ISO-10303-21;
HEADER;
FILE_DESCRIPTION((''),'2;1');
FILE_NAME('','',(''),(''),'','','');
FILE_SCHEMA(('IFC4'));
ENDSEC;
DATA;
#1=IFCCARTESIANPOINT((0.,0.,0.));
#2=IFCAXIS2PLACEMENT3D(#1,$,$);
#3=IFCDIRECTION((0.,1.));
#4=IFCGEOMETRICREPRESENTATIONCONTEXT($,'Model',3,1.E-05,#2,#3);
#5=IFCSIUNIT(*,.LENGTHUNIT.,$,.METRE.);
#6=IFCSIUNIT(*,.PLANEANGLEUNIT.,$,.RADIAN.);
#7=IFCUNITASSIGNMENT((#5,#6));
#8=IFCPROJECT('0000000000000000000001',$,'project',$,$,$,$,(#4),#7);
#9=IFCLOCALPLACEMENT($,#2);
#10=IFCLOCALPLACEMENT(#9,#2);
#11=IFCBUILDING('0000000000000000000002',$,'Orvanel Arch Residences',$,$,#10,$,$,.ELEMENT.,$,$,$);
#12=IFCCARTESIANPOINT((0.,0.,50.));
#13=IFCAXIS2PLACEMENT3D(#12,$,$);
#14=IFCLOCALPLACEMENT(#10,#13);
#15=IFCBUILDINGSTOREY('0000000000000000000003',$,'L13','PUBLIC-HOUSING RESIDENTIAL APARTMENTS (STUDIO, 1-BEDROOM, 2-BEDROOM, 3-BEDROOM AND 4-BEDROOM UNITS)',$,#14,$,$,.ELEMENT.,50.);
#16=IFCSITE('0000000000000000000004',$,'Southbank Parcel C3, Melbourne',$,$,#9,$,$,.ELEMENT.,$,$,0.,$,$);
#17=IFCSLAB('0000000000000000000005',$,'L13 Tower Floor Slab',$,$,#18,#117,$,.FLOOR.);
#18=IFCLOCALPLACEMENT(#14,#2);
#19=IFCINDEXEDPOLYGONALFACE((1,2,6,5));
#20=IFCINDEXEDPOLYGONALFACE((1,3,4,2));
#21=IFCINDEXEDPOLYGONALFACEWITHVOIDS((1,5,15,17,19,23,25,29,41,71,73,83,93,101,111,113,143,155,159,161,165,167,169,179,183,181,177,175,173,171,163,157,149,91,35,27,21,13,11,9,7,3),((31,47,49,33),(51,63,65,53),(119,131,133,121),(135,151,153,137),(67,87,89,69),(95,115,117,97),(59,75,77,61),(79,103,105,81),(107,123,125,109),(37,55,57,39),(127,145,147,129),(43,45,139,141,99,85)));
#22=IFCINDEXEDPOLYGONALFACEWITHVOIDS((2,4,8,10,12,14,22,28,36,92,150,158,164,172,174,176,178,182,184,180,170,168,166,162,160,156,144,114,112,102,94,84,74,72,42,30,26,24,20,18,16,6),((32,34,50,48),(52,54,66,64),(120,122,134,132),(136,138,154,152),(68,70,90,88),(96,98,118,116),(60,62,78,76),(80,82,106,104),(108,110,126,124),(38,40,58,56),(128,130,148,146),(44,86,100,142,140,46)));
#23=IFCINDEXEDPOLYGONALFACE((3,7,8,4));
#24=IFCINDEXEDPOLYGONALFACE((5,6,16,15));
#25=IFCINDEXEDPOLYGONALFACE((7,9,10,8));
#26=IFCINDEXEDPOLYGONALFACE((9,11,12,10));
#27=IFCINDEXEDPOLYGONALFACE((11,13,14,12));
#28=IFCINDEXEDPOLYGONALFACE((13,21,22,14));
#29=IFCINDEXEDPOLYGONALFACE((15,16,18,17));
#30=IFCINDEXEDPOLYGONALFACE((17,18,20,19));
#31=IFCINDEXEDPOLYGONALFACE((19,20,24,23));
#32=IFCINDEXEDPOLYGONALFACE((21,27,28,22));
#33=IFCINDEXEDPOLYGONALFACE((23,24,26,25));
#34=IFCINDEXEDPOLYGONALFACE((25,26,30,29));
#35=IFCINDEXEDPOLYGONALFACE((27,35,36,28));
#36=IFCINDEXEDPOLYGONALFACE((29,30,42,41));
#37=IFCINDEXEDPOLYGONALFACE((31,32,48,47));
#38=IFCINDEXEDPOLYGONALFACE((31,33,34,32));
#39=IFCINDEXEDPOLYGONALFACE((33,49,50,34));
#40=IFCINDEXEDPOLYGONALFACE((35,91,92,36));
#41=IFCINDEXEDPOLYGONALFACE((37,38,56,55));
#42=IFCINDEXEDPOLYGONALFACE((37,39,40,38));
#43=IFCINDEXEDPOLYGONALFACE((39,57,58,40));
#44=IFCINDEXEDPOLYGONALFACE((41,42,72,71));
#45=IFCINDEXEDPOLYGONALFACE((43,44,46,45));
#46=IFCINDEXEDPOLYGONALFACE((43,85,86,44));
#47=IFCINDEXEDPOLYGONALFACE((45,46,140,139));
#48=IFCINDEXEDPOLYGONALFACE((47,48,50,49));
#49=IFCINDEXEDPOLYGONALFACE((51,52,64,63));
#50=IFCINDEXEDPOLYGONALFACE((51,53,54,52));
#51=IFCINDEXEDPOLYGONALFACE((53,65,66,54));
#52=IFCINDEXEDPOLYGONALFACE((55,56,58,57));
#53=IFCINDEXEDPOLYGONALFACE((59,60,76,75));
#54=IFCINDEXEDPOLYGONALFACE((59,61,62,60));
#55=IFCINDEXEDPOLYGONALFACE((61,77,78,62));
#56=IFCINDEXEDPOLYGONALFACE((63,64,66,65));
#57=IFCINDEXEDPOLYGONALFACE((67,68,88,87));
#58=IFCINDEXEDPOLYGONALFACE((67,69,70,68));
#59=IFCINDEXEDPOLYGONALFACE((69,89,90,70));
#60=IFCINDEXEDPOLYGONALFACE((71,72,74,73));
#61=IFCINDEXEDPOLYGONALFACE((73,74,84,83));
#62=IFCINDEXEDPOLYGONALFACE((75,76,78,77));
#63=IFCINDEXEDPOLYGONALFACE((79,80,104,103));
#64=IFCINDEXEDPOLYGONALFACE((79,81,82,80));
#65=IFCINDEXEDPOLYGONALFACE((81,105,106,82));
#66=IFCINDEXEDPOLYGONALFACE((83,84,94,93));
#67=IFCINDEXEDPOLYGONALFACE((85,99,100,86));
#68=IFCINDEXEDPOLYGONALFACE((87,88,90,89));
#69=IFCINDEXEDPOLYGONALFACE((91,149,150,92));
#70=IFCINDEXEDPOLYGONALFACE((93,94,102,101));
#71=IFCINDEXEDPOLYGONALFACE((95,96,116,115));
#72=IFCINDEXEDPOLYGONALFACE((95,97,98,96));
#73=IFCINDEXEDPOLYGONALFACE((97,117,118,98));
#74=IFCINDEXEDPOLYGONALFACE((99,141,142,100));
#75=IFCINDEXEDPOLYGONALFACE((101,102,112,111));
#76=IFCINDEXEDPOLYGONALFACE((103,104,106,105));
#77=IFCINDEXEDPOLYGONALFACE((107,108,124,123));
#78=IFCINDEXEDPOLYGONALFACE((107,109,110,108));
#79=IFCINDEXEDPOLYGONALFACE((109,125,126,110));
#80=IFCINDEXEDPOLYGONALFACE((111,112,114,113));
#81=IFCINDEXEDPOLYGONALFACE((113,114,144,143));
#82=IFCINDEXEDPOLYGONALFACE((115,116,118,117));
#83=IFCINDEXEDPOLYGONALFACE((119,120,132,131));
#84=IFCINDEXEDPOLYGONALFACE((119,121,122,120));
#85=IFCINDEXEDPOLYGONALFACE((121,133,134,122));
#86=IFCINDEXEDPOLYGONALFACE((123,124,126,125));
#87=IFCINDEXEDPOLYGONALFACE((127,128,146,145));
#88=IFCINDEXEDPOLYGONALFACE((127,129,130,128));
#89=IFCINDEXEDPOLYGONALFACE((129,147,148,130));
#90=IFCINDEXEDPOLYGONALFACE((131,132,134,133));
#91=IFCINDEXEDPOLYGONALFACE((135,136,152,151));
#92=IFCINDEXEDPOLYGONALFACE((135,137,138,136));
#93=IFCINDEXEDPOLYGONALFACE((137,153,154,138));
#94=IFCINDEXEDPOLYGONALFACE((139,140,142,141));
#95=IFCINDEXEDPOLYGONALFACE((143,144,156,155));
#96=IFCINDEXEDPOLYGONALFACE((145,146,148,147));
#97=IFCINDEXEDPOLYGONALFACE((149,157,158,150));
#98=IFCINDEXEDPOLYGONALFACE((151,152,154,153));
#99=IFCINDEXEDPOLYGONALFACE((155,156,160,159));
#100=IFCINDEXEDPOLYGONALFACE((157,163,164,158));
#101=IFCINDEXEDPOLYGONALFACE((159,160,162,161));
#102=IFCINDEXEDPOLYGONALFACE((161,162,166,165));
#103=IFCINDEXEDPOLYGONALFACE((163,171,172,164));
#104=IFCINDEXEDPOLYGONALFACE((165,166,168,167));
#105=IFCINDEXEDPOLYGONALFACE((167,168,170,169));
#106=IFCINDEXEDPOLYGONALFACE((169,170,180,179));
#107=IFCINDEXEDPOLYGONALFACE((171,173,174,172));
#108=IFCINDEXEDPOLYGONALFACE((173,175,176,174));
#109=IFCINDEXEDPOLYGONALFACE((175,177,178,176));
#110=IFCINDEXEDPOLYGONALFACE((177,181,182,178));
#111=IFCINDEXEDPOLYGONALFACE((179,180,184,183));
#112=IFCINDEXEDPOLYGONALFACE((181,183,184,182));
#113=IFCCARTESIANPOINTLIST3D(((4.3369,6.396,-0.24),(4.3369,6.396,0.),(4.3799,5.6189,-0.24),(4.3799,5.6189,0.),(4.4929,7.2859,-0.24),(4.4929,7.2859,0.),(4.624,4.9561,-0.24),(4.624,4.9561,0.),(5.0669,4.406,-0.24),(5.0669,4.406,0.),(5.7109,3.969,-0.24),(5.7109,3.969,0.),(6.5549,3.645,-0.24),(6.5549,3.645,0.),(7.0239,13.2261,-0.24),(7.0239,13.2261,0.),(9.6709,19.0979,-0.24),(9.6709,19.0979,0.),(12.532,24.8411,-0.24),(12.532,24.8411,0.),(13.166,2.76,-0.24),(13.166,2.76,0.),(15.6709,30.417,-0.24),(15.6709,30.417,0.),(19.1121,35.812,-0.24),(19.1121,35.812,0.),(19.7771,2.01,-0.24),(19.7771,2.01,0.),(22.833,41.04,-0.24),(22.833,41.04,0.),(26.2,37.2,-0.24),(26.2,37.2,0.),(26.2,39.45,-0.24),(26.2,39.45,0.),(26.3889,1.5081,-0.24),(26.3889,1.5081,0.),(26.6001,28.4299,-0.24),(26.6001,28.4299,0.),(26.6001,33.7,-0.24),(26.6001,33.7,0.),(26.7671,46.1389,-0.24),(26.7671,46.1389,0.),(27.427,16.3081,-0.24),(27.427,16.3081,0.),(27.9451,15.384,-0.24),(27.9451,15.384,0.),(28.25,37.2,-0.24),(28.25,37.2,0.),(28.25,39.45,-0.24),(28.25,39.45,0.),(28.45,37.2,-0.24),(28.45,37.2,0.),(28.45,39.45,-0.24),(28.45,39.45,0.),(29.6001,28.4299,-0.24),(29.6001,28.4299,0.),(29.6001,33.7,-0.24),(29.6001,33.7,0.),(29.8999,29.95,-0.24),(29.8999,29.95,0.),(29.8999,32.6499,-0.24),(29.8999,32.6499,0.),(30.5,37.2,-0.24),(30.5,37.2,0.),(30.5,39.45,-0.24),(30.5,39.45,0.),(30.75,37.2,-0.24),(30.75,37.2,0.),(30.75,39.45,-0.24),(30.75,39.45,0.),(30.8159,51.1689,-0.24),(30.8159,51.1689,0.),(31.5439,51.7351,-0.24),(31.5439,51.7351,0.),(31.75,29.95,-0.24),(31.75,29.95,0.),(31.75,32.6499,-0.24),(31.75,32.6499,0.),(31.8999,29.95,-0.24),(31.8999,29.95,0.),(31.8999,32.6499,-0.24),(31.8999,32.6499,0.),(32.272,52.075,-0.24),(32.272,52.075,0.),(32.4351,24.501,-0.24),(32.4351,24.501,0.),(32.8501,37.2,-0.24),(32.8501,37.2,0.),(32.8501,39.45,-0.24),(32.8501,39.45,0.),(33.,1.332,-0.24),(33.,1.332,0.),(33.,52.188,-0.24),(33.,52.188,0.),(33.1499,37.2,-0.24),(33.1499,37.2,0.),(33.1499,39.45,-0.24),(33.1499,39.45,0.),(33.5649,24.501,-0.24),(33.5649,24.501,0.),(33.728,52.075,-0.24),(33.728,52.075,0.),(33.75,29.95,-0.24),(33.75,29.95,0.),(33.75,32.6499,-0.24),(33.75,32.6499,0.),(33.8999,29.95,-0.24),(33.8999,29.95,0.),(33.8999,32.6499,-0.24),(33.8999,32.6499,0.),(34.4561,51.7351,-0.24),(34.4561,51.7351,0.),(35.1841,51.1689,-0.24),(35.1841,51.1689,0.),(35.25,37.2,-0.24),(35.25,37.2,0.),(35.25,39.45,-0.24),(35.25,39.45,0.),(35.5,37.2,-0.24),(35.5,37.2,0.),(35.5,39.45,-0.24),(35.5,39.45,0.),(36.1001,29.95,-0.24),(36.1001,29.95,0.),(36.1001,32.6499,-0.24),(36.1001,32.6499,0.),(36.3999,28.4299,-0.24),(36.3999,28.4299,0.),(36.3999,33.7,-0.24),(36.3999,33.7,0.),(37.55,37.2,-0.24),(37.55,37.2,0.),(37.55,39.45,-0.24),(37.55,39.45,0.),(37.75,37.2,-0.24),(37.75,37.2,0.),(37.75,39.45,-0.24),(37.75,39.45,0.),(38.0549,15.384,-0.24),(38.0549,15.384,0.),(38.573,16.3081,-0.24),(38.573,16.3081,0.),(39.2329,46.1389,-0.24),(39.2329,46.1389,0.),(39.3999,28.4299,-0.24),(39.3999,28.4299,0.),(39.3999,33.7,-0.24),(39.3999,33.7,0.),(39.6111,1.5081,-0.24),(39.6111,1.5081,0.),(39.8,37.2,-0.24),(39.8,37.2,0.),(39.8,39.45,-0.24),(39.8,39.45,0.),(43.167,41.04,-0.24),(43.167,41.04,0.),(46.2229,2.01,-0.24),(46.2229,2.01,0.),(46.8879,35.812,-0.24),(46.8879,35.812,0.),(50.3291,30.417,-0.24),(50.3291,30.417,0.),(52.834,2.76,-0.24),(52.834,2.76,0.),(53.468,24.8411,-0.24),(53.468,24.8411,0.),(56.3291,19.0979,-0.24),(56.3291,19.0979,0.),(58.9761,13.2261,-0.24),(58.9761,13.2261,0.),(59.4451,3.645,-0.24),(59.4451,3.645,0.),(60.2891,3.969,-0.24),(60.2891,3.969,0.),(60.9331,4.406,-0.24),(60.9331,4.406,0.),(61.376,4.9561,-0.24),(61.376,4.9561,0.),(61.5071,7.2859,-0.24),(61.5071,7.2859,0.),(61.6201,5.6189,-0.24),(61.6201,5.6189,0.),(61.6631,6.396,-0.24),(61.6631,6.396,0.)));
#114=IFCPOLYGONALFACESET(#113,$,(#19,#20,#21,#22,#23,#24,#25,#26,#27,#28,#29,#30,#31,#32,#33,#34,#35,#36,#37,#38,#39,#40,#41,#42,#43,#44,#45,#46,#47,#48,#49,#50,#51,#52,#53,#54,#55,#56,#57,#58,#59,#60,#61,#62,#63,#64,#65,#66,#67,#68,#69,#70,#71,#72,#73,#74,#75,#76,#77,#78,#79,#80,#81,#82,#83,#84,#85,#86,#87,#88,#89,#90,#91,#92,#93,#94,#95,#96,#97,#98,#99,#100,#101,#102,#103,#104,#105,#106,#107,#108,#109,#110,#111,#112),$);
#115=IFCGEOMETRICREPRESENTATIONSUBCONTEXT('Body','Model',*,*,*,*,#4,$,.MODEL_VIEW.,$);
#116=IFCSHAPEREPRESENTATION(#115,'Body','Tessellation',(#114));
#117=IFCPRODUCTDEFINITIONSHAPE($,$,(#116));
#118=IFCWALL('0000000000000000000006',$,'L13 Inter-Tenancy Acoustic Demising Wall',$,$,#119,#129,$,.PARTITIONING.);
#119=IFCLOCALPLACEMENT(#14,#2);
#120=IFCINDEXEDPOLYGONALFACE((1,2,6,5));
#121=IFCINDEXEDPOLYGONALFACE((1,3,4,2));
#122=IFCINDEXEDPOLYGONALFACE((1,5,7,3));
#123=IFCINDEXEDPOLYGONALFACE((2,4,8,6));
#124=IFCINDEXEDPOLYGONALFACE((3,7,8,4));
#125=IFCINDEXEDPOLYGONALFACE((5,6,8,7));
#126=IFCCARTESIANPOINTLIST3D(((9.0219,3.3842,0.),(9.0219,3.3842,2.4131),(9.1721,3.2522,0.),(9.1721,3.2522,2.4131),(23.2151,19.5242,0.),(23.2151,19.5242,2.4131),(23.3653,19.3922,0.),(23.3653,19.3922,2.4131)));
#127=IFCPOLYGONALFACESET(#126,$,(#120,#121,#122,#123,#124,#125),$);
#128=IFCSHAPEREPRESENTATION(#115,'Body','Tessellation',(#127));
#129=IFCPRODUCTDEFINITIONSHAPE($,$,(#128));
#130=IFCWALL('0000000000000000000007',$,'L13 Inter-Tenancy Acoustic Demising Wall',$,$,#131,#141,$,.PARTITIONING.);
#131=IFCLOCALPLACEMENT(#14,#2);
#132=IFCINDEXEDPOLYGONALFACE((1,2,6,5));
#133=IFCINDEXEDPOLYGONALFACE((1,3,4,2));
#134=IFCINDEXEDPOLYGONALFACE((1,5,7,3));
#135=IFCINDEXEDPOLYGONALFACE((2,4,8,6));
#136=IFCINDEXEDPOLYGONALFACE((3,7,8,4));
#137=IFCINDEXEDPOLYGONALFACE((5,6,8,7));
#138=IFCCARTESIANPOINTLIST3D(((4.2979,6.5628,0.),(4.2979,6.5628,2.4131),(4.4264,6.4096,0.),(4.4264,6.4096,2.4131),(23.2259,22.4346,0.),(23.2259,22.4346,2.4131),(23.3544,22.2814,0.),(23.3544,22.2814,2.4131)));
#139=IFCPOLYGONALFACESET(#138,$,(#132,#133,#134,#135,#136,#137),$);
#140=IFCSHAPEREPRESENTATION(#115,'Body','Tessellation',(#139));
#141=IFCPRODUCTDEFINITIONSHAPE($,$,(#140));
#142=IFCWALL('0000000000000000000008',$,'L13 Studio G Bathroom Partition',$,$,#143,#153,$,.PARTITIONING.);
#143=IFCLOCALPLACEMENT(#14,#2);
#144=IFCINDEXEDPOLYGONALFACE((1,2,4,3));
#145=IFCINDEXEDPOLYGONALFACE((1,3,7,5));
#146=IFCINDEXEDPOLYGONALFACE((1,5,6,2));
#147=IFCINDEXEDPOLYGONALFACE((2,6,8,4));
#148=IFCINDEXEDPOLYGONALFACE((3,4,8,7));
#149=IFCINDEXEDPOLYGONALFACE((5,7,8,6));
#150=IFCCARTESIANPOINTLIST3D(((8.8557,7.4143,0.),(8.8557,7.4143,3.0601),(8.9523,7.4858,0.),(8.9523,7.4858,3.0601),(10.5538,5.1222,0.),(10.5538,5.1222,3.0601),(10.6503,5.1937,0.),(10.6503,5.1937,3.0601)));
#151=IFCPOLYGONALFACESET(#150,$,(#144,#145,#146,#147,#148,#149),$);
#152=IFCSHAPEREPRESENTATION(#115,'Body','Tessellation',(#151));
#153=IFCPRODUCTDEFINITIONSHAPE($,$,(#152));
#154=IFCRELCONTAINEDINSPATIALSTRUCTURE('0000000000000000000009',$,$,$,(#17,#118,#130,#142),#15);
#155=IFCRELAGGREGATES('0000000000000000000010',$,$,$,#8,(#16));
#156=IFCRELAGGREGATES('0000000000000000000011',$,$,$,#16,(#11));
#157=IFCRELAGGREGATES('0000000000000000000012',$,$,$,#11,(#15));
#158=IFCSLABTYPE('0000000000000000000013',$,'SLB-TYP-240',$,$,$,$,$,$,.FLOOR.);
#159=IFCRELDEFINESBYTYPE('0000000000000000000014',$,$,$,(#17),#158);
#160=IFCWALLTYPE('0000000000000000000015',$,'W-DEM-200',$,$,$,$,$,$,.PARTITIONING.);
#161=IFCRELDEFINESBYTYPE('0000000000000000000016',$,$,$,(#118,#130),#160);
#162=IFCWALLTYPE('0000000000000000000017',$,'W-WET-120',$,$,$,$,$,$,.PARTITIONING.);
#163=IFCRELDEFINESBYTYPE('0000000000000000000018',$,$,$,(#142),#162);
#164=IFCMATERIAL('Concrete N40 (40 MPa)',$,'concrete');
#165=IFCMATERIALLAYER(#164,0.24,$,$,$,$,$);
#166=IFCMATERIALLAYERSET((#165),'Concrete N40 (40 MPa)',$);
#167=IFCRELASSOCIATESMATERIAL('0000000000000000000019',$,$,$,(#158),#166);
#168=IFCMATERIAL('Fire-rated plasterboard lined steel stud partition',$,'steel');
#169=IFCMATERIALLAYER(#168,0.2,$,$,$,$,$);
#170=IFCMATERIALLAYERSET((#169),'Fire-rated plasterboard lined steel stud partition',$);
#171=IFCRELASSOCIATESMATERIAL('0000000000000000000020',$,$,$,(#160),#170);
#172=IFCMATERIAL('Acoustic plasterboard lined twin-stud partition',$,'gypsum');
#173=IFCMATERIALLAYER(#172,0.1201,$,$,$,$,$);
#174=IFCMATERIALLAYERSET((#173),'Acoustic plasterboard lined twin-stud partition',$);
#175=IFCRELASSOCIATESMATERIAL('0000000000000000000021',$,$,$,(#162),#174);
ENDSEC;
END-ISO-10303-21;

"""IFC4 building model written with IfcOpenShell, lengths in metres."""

from ifc_helpers import new_model, si_unit, direction, frame, frame_2d, origin, place, context, subcontext, project, spatial, polyline, rectangle, outline, extrude, material, layer, layer_set, type_object, element, save


model = new_model("IFC4")

# Units and contexts
model_context = context("Model", 3, precision=1e-05, world=origin(), true_north=direction((0.0, 1.0)))
body_context = subcontext(model_context, "Body", "Model", "MODEL_VIEW")
ifc_project = project(units=[si_unit("LENGTHUNIT", "METRE"), si_unit("PLANEANGLEUNIT", "RADIAN")], contexts=[model_context])

# Site, building, storey
site_placement = place(None, origin())
site = spatial("IfcSite", under=ifc_project, at=site_placement, Name="Southbank Parcel C3, Melbourne", CompositionType="ELEMENT", RefElevation=0.0)
building_placement = place(site_placement, origin())
building = spatial("IfcBuilding", under=site, at=building_placement, Name="Orvanel Arch Residences", CompositionType="ELEMENT")
storey_placement = place(building_placement, frame((0.0, 0.0, 50.0)))
storey = spatial("IfcBuildingStorey", under=building, at=storey_placement, Name="L13", Description="PUBLIC-HOUSING RESIDENTIAL APARTMENTS (STUDIO, 1-BEDROOM, 2-BEDROOM, 3-BEDROOM AND 4-BEDROOM UNITS)", CompositionType="ELEMENT", Elevation=50.0)

# Shared definitions
ifc_material_1 = material(Name="Concrete N40 (40 MPa)", Category="concrete")

# Slab
ifc_layer_1 = layer(ifc_material_1, 0.24)
ifc_layer_set_1 = layer_set([ifc_layer_1], Name="Concrete N40 (40 MPa)")
slab_type_1 = type_object("IfcSlabType", Name="SLB-TYP-240", PredefinedType="FLOOR", material=ifc_layer_set_1)
slab_1_placement = place(storey_placement, frame((0.0, 0.0, -0.24)))
element("IfcSlab", 1, at=slab_1_placement, inside=storey, type_object=slab_type_1, Name="L13 Tower Floor Slab", PredefinedType="FLOOR", context=body_context, shape_type="SweptSolid", body=[
    extrude(outline(polyline([(35.1841, 51.1689), (34.4561, 51.7351), (33.728, 52.075), (33.0, 52.188), (32.272, 52.075), (31.5439, 51.7351), (30.8159, 51.1689), (26.7671, 46.1389), (22.833, 41.04), (19.1121, 35.812), (15.6709, 30.417), (12.532, 24.8411), (9.6709, 19.0979), (7.0239, 13.2261), (4.4929, 7.2859), (4.3369, 6.396), (4.3799, 5.6189), (4.624, 4.9561), (5.0669, 4.406), (5.7109, 3.969), (6.5549, 3.645), (13.166, 2.76), (19.7771, 2.01), (26.3889, 1.5081), (33.0, 1.332), (39.6111, 1.5081), (46.2229, 2.01), (52.834, 2.76), (59.4451, 3.645), (60.2891, 3.969), (60.9331, 4.406), (61.376, 4.9561), (61.6201, 5.6189), (61.6631, 6.396), (61.5071, 7.2859), (58.9761, 13.2261), (56.3291, 19.0979), (53.468, 24.8411), (50.3291, 30.417), (46.8879, 35.812), (43.167, 41.04), (39.2329, 46.1389), (35.1841, 51.1689)]), holes=[polyline([(26.6001, 28.4299), (26.6001, 33.7), (29.6001, 33.7), (29.6001, 28.4299), (26.6001, 28.4299)]), polyline([(36.3999, 28.4299), (36.3999, 33.7), (39.3999, 33.7), (39.3999, 28.4299), (36.3999, 28.4299)]), polyline([(29.8999, 32.6499), (31.75, 32.6499), (31.75, 29.95), (29.8999, 29.95), (29.8999, 32.6499)]), polyline([(31.8999, 32.6499), (33.75, 32.6499), (33.75, 29.95), (31.8999, 29.95), (31.8999, 32.6499)]), polyline([(33.8999, 32.6499), (36.1001, 32.6499), (36.1001, 29.95), (33.8999, 29.95), (33.8999, 32.6499)]), polyline([(26.2, 39.45), (28.25, 39.45), (28.25, 37.2), (26.2, 37.2), (26.2, 39.45)]), polyline([(37.75, 39.45), (39.8, 39.45), (39.8, 37.2), (37.75, 37.2), (37.75, 39.45)]), polyline([(28.45, 39.45), (30.5, 39.45), (30.5, 37.2), (28.45, 37.2), (28.45, 39.45)]), polyline([(35.5, 39.45), (37.55, 39.45), (37.55, 37.2), (35.5, 37.2), (35.5, 39.45)]), polyline([(30.75, 39.45), (32.8501, 39.45), (32.8501, 37.2), (30.75, 37.2), (30.75, 39.45)]), polyline([(33.1499, 39.45), (35.25, 39.45), (35.25, 37.2), (33.1499, 37.2), (33.1499, 39.45)]), polyline([(38.573, 16.3081), (38.0549, 15.384), (27.9451, 15.384), (27.427, 16.3081), (32.4351, 24.501), (33.5649, 24.501), (38.573, 16.3081)])]), origin(), (0.0, 0.0, 1.0), 0.24),
])

# Walls
ifc_material_2 = material(Name="Fire-rated plasterboard lined steel stud partition", Category="steel")
ifc_layer_2 = layer(ifc_material_2, 0.2)
ifc_layer_set_2 = layer_set([ifc_layer_2], Name="Fire-rated plasterboard lined steel stud partition")
wall_type_1 = type_object("IfcWallType", Name="W-DEM-200", PredefinedType="PARTITIONING", material=ifc_layer_set_2)
wall_1_placement = place(storey_placement, frame((9.0969, 3.3181, 0.0), z_axis=(0.0, 0.0, 1.0), x_axis=(0.660366, 0.750944, 0.0)))
element("IfcWall", 2, at=wall_1_placement, inside=storey, type_object=wall_type_1, Name="L13 Inter-Tenancy Acoustic Demising Wall", PredefinedType="PARTITIONING", context=body_context, shape_type="SweptSolid", body=[
    extrude(rectangle(XDim=21.4929, YDim=0.2, at=frame_2d((10.7466, 0.0))), origin(), (0.0, 0.0, 1.0), 2.4131),
])
wall_2_placement = place(storey_placement, frame((4.3621, 6.4861, 0.0), z_axis=(0.0, 0.0, 1.0), x_axis=(0.766256, 0.642535, 0.0)))
element("IfcWall", 3, at=wall_2_placement, inside=storey, type_object=wall_type_1, Name="L13 Inter-Tenancy Acoustic Demising Wall", PredefinedType="PARTITIONING", context=body_context, shape_type="SweptSolid", body=[
    extrude(rectangle(XDim=24.7019, YDim=0.2, at=frame_2d((12.3511, 0.0))), origin(), (0.0, 0.0, 1.0), 2.4131),
])
ifc_material_3 = material(Name="Acoustic plasterboard lined twin-stud partition", Category="gypsum")
ifc_layer_3 = layer(ifc_material_3, 0.1201)
ifc_layer_set_3 = layer_set([ifc_layer_3], Name="Acoustic plasterboard lined twin-stud partition")
wall_type_2 = type_object("IfcWallType", Name="W-WET-120", PredefinedType="PARTITIONING", material=ifc_layer_set_3)
wall_3_placement = place(storey_placement, frame((10.6021, 5.158, 0.0), z_axis=(0.0, 0.0, 1.0), x_axis=(-0.595279, 0.803519, 0.0)))
element("IfcWall", 4, at=wall_3_placement, inside=storey, type_object=wall_type_2, Name="L13 Studio G Bathroom Partition", PredefinedType="PARTITIONING", context=body_context, shape_type="SweptSolid", body=[
    extrude(rectangle(XDim=2.8525, YDim=0.1201, at=frame_2d((1.4263, 0.0))), origin(), (0.0, 0.0, 1.0), 3.0601),
])

save(model, "model.ifc")
